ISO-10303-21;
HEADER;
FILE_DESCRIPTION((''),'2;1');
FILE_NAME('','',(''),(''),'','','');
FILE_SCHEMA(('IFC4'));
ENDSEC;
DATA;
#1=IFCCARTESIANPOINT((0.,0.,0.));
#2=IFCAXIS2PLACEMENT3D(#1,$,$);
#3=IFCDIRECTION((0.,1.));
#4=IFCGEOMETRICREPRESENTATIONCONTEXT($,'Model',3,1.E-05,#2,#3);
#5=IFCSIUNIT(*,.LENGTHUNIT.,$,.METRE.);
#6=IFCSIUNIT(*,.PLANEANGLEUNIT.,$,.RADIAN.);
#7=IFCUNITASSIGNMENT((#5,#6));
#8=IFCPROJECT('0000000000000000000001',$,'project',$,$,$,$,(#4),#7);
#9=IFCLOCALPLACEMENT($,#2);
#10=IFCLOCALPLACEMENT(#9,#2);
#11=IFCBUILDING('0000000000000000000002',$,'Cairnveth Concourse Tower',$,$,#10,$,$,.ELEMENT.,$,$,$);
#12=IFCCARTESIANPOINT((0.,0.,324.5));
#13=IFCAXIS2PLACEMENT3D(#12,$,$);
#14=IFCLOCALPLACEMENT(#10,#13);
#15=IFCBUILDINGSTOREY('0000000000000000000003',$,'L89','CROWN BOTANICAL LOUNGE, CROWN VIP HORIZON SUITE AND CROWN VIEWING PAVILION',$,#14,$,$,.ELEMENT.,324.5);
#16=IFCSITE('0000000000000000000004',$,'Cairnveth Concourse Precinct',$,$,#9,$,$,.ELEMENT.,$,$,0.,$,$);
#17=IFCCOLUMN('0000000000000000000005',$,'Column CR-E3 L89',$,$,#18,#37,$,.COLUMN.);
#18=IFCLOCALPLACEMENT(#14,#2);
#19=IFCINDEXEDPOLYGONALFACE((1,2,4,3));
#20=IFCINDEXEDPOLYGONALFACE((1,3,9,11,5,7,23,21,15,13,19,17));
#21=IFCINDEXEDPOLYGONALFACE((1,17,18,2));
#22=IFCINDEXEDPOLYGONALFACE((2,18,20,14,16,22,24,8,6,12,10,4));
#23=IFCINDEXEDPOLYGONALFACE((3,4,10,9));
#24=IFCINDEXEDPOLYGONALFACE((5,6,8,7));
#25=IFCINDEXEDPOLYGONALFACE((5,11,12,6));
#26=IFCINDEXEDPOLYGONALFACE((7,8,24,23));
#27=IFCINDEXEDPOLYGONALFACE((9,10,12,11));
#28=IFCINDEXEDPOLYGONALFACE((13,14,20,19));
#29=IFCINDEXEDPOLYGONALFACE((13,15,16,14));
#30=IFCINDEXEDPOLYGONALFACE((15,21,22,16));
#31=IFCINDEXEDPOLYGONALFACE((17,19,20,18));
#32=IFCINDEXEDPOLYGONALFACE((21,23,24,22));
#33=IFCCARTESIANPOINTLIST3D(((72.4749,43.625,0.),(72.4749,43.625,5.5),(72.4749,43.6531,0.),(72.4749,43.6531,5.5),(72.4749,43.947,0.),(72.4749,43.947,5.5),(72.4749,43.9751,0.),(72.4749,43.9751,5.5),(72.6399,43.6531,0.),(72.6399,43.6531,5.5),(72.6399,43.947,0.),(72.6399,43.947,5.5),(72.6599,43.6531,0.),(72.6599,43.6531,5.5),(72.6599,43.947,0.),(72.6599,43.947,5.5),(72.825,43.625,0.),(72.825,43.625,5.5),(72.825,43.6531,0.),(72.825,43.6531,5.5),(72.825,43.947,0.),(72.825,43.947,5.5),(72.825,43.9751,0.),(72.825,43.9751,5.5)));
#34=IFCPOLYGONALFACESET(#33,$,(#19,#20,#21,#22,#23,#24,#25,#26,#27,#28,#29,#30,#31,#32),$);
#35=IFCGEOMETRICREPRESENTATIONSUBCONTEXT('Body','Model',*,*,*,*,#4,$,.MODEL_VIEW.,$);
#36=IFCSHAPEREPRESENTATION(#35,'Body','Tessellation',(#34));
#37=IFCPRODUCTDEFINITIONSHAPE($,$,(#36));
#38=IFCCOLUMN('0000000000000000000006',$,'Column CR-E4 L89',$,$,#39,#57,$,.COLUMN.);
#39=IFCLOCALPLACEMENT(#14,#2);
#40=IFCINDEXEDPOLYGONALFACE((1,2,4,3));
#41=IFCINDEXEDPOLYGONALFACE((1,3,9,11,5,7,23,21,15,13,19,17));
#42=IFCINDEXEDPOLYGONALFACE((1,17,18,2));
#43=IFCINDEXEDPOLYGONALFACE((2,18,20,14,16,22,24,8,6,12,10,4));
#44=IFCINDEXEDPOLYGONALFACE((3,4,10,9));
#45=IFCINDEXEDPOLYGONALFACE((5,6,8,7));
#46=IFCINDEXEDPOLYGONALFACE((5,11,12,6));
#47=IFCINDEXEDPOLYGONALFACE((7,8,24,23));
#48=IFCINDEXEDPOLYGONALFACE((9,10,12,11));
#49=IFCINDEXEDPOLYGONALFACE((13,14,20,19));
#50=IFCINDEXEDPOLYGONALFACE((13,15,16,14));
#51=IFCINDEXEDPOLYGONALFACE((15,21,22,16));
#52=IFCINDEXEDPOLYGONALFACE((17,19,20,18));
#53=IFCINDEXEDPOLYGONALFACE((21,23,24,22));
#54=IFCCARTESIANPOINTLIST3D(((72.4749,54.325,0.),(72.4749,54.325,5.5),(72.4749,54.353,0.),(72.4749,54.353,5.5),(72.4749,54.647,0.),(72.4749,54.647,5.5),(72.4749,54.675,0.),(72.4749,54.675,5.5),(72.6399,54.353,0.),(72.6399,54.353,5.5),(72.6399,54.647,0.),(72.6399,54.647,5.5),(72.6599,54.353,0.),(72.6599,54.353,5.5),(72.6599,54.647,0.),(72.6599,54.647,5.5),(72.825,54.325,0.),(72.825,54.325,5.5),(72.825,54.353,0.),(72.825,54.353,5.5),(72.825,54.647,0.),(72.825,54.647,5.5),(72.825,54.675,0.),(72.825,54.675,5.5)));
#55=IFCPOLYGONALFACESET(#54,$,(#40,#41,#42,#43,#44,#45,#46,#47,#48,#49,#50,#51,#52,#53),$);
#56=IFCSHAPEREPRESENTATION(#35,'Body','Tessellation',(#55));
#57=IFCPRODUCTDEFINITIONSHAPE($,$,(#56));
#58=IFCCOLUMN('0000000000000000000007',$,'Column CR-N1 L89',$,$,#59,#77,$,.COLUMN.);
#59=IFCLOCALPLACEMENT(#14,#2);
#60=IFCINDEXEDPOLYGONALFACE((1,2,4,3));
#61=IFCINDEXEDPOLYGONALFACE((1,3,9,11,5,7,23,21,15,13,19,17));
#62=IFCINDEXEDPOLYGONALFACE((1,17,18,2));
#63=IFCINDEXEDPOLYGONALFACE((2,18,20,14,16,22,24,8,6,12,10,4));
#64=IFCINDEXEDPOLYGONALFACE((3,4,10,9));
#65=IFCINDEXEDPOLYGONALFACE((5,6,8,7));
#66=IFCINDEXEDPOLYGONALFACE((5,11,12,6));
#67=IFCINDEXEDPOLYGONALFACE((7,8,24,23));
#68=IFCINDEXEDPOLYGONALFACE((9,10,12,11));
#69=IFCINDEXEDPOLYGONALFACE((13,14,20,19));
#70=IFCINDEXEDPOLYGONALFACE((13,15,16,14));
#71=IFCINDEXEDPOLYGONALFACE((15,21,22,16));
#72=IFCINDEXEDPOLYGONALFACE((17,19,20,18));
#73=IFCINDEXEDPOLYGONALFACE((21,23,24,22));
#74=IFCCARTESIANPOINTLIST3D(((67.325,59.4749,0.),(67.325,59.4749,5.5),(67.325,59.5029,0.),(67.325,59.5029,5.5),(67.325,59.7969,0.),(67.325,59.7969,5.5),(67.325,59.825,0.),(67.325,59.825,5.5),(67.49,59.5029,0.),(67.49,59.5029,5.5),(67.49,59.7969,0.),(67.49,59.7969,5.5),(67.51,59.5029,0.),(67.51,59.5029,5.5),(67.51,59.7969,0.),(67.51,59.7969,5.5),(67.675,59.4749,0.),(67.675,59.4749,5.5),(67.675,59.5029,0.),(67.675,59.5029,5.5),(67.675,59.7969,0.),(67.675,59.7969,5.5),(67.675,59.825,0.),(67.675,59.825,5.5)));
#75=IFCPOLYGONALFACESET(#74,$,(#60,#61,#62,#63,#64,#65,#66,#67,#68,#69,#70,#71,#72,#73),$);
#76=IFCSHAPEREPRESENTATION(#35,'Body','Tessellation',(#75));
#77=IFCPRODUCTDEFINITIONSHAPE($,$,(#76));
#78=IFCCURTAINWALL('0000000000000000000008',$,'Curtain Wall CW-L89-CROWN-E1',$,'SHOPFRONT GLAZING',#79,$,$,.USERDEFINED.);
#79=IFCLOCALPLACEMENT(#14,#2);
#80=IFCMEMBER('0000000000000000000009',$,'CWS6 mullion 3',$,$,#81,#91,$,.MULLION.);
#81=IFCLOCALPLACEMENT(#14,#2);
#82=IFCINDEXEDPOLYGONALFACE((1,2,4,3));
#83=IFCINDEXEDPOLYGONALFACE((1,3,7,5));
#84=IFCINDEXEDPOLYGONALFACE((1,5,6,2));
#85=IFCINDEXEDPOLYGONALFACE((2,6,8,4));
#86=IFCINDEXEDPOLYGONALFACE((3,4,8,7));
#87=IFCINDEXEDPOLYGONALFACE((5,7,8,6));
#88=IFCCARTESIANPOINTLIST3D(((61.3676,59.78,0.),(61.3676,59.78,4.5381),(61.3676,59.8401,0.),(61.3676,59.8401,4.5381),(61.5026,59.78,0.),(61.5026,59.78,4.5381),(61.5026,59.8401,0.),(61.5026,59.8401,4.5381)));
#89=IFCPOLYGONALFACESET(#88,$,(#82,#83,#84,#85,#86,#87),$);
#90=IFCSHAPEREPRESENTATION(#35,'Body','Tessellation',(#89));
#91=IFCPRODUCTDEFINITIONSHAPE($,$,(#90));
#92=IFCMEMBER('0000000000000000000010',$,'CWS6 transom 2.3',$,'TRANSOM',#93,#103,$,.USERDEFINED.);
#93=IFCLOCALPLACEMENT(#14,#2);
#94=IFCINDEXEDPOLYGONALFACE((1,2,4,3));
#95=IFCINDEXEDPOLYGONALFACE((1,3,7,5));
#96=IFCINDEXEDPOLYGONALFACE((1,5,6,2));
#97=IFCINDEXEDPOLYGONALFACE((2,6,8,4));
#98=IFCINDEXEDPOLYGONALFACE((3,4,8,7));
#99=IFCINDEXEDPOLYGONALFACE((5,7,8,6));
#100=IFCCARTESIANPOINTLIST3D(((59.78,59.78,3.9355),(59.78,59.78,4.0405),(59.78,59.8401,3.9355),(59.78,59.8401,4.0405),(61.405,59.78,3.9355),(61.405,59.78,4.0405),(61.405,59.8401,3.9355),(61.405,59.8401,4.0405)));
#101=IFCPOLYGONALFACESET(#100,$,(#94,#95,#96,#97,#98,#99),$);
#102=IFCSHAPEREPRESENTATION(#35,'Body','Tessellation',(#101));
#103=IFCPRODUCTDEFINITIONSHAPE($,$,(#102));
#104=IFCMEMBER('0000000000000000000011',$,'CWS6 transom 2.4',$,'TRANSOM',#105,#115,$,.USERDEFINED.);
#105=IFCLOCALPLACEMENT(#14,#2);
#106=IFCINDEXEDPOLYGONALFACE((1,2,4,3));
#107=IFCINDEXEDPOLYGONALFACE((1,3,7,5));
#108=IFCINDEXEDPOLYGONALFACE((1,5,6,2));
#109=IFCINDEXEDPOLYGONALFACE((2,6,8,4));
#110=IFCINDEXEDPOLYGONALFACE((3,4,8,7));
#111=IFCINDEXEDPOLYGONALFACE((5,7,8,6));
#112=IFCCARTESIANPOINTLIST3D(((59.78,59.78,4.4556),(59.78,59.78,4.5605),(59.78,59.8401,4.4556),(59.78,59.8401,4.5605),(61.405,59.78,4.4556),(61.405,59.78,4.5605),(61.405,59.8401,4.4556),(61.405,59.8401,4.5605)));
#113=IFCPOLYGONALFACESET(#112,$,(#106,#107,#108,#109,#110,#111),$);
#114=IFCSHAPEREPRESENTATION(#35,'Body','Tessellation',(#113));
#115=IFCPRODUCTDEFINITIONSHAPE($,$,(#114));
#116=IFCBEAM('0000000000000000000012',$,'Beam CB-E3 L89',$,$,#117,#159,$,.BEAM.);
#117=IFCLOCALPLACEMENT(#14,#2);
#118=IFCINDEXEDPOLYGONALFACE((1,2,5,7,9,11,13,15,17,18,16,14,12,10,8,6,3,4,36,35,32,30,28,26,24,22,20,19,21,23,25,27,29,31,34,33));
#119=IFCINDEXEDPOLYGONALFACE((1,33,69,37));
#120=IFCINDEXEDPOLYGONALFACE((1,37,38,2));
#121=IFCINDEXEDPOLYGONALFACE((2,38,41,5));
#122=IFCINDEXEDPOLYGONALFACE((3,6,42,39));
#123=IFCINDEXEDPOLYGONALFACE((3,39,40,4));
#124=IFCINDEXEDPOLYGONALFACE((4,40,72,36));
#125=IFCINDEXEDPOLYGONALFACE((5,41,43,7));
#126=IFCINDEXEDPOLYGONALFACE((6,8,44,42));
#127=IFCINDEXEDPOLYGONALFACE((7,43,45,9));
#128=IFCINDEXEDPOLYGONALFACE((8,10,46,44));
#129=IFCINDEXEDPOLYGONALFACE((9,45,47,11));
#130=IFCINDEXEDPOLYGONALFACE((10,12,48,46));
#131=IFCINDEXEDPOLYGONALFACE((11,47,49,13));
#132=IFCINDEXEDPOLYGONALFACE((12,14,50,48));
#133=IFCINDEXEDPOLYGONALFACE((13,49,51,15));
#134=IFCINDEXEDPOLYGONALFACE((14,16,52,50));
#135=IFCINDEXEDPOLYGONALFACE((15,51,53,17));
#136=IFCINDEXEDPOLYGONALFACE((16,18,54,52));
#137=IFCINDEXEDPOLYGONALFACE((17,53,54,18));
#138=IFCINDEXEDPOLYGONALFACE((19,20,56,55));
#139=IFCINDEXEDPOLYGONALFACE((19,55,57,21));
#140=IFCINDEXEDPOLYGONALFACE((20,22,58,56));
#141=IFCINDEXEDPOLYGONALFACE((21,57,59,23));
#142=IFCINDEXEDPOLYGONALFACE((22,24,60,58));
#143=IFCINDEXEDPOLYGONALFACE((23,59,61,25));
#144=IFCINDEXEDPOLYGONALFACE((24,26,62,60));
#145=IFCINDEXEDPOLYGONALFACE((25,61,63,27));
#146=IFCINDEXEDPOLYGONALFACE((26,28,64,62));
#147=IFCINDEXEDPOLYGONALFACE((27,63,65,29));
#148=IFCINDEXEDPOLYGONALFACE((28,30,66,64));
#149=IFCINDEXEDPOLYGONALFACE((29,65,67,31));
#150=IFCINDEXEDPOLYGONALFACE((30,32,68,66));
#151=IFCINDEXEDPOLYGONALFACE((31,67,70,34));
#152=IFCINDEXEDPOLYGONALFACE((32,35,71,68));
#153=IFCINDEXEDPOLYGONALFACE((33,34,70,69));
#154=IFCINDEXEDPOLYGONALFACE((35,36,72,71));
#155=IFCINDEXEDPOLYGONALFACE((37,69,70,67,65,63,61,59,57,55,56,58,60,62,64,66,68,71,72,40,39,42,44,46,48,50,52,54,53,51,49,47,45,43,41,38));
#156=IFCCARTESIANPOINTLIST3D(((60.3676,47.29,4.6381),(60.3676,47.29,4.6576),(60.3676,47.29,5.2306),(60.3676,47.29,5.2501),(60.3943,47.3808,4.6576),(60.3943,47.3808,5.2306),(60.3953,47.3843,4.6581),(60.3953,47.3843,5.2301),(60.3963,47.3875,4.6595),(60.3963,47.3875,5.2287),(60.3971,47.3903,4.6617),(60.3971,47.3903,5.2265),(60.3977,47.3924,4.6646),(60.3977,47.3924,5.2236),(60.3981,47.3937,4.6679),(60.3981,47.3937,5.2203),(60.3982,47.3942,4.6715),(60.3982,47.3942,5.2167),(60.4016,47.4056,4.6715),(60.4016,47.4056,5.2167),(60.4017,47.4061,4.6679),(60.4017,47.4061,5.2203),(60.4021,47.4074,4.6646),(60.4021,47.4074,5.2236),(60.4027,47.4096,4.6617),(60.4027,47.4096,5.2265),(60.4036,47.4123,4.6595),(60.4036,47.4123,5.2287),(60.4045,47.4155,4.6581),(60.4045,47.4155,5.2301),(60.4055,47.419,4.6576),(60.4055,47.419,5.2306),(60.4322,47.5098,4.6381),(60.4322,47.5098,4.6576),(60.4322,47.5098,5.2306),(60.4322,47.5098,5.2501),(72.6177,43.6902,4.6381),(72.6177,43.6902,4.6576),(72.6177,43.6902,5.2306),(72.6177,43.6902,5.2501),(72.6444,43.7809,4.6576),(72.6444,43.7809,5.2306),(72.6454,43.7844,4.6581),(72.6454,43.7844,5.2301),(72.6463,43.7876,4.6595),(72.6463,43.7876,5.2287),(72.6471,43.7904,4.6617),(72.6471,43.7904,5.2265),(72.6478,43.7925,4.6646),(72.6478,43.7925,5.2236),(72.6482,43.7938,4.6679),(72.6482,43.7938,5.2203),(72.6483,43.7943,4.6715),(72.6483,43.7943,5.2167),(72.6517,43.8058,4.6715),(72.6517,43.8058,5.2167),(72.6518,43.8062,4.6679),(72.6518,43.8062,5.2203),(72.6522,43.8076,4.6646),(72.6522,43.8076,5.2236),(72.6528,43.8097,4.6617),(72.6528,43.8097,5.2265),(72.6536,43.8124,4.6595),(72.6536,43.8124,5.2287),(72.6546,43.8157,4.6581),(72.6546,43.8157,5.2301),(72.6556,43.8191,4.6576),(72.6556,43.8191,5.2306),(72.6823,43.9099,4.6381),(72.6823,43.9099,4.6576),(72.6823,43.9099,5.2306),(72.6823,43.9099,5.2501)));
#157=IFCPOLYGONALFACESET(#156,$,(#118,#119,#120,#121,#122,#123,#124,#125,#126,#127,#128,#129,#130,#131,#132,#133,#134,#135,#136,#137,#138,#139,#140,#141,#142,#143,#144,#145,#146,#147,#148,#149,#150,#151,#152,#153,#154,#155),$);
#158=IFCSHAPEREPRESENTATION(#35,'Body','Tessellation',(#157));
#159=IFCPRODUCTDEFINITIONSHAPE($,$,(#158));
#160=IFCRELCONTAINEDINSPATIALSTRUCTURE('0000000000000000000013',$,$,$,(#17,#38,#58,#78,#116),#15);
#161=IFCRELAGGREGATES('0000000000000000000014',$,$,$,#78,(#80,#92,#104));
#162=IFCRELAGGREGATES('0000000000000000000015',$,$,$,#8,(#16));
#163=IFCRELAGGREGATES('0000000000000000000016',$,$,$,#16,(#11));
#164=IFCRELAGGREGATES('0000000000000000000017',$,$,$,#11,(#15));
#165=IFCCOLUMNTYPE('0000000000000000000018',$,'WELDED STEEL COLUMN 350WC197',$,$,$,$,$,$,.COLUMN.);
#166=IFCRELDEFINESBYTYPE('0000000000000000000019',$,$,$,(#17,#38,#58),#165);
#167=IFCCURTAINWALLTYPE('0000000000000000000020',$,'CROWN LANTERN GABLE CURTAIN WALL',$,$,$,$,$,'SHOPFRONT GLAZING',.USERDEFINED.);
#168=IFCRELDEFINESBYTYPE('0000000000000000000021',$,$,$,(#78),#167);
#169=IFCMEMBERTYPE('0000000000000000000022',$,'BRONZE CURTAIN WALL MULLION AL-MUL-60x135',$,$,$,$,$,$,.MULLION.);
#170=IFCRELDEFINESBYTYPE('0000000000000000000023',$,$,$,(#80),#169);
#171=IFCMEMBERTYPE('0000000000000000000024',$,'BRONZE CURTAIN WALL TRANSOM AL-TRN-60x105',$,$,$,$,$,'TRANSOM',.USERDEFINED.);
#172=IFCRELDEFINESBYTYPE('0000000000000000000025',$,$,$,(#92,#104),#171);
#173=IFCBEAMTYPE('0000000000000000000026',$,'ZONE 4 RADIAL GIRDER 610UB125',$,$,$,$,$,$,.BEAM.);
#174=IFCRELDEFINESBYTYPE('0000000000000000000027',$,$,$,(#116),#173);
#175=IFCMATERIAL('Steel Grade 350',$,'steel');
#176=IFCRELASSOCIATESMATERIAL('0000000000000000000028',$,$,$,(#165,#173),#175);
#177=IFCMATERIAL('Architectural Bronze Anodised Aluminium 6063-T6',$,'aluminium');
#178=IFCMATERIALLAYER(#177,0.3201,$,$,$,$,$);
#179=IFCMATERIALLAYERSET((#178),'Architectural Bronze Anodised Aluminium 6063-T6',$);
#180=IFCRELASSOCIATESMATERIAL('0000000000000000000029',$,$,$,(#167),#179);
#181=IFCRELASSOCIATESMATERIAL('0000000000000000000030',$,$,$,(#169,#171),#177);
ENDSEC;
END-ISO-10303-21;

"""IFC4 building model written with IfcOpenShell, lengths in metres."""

from ifc_helpers import new_model, si_unit, direction, frame, origin, origin_2d, place, context, subcontext, project, spatial, rectangle, i_section, extrude, material, layer, layer_set, material_profile, profile_set, type_object, element, aggregate, save


model = new_model("IFC4")

# Units and contexts
model_context = context("Model", 3, precision=1e-05, world=origin(), true_north=direction((0.0, 1.0)))
body_context = subcontext(model_context, "Body", "Model", "MODEL_VIEW")
ifc_project = project(units=[si_unit("LENGTHUNIT", "METRE"), si_unit("PLANEANGLEUNIT", "RADIAN")], contexts=[model_context])

# Site, building, storey
site_placement = place(None, origin())
site = spatial("IfcSite", under=ifc_project, at=site_placement, Name="Cairnveth Concourse Precinct", CompositionType="ELEMENT", RefElevation=0.0)
building_placement = place(site_placement, origin())
building = spatial("IfcBuilding", under=site, at=building_placement, Name="Cairnveth Concourse Tower", CompositionType="ELEMENT")
storey_placement = place(building_placement, frame((0.0, 0.0, 324.5)))
storey = spatial("IfcBuildingStorey", under=building, at=storey_placement, Name="L89", Description="CROWN BOTANICAL LOUNGE, CROWN VIP HORIZON SUITE AND CROWN VIEWING PAVILION", CompositionType="ELEMENT", Elevation=324.5)

# Columns
ifc_material_1 = material(Name="Steel Grade 350", Category="steel")
ifc_material_profile_1 = material_profile(ifc_material_1, i_section(OverallWidth=0.3501, OverallDepth=0.3501, WebThickness=0.02, FlangeThickness=0.0281, at=origin_2d()), Name="350WC197")
ifc_profile_set_1 = profile_set([ifc_material_profile_1], Name="Steel Grade 350")
column_type_1 = type_object("IfcColumnType", Name="WELDED STEEL COLUMN 350WC197", PredefinedType="COLUMN", material=ifc_profile_set_1)
for number, where, z_axis, x_axis, name in (
    (1, (72.6499, 43.8, 0.0), (0.0, 0.0, 1.0), (1.0, 0.0, 0.0), "Column CR-E3 L89"),
    (2, (72.6499, 54.5, 0.0), (0.0, 0.0, 1.0), (1.0, 0.0, 0.0), "Column CR-E4 L89"),
    (3, (67.5, 59.6499, 0.0), (0.0, 0.0, 1.0), (1.0, 0.0, 0.0), "Column CR-N1 L89"),
):
    element("IfcColumn", number, at=place(storey_placement, frame(where, z_axis=z_axis, x_axis=x_axis)), inside=storey, type_object=column_type_1, Name=name, PredefinedType="COLUMN", context=body_context, shape_type="SweptSolid", body=[
        extrude(i_section(OverallWidth=0.3501, OverallDepth=0.3501, WebThickness=0.02, FlangeThickness=0.0281, at=origin_2d()), origin(), (0.0, 0.0, 1.0), 5.5),
    ])

# Curtain wall, members
ifc_material_2 = material(Name="Architectural Bronze Anodised Aluminium 6063-T6", Category="aluminium")
ifc_layer_1 = layer(ifc_material_2, 0.3201)
ifc_layer_set_1 = layer_set([ifc_layer_1], Name="Architectural Bronze Anodised Aluminium 6063-T6")
curtain_wall_type = type_object("IfcCurtainWallType", Name="CROWN LANTERN GABLE CURTAIN WALL", ElementType="SHOPFRONT GLAZING", PredefinedType="USERDEFINED", material=ifc_layer_set_1)
curtain_wall_placement = place(storey_placement, origin())
curtain_wall = element("IfcCurtainWall", 4, at=curtain_wall_placement, inside=storey, type_object=curtain_wall_type, Name="Curtain Wall CW-L89-CROWN-E1", ObjectType="SHOPFRONT GLAZING", PredefinedType="USERDEFINED")
ifc_material_profile_2 = material_profile(ifc_material_2, rectangle(XDim=0.0601, YDim=0.135, at=origin_2d()), Name="AL-MUL-60x135")
ifc_profile_set_2 = profile_set([ifc_material_profile_2], Name="Architectural Bronze Anodised Aluminium 6063-T6")
member_type_1 = type_object("IfcMemberType", Name="BRONZE CURTAIN WALL MULLION AL-MUL-60x135", PredefinedType="MULLION", material=ifc_profile_set_2)
member_1_placement = place(storey_placement, frame((61.4351, 59.8101, 0.0), z_axis=(0.0, 0.0, 1.0), x_axis=(0.0, 1.0, 0.0)))
member_1 = element("IfcMember", 5, at=member_1_placement, type_object=member_type_1, Name="CWS6 mullion 3", PredefinedType="MULLION", context=body_context, shape_type="SweptSolid", body=[
    extrude(rectangle(XDim=0.0601, YDim=0.135, at=origin_2d()), origin(), (0.0, 0.0, 1.0), 4.5381),
])
ifc_material_profile_3 = material_profile(ifc_material_2, rectangle(XDim=0.0601, YDim=0.105, at=origin_2d()), Name="AL-TRN-60x105")
ifc_profile_set_3 = profile_set([ifc_material_profile_3], Name="Architectural Bronze Anodised Aluminium 6063-T6")
member_type_2 = type_object("IfcMemberType", Name="BRONZE CURTAIN WALL TRANSOM AL-TRN-60x105", ElementType="TRANSOM", PredefinedType="USERDEFINED", material=ifc_profile_set_3)
member_2_placement = place(storey_placement, frame((59.78, 59.8101, 3.988), z_axis=(1.0, 0.0, 0.0), x_axis=(0.0, 1.0, 0.0)))
member_2 = element("IfcMember", 6, at=member_2_placement, type_object=member_type_2, Name="CWS6 transom 2.3", ObjectType="TRANSOM", PredefinedType="USERDEFINED", context=body_context, shape_type="SweptSolid", body=[
    extrude(rectangle(XDim=0.0601, YDim=0.105, at=origin_2d()), origin(), (0.0, 0.0, 1.0), 1.625),
])
member_3_placement = place(storey_placement, frame((59.78, 59.8101, 4.5081), z_axis=(1.0, 0.0, 0.0), x_axis=(0.0, 1.0, 0.0)))
member_3 = element("IfcMember", 7, at=member_3_placement, type_object=member_type_2, Name="CWS6 transom 2.4", ObjectType="TRANSOM", PredefinedType="USERDEFINED", context=body_context, shape_type="SweptSolid", body=[
    extrude(rectangle(XDim=0.0601, YDim=0.105, at=origin_2d()), origin(), (0.0, 0.0, 1.0), 1.625),
])

# Beam
ifc_material_profile_4 = material_profile(ifc_material_1, i_section(OverallWidth=0.229, OverallDepth=0.6121, WebThickness=0.012, FlangeThickness=0.0195, FilletRadius=0.0139, at=origin_2d()), Name="610UB125")
ifc_profile_set_4 = profile_set([ifc_material_profile_4], Name="Steel Grade 350")
beam_type_1 = type_object("IfcBeamType", Name="ZONE 4 RADIAL GIRDER 610UB125", PredefinedType="BEAM", material=ifc_profile_set_4)
beam_1_placement = place(storey_placement, frame((60.3999, 47.3999, 4.9441), z_axis=(0.959431, -0.281944, 0.0), x_axis=(0.281944, 0.959431, 0.0)))
element("IfcBeam", 8, at=beam_1_placement, inside=storey, type_object=beam_type_1, Name="Beam CB-E3 L89", PredefinedType="BEAM", context=body_context, shape_type="SweptSolid", body=[
    extrude(i_section(OverallWidth=0.229, OverallDepth=0.6121, WebThickness=0.012, FlangeThickness=0.0195, FilletRadius=0.0139, at=origin_2d()), origin(), (0.0, 0.0, 1.0), 12.7681),
])

aggregate(curtain_wall, [member_1, member_2, member_3])

save(model, "model.ifc")
